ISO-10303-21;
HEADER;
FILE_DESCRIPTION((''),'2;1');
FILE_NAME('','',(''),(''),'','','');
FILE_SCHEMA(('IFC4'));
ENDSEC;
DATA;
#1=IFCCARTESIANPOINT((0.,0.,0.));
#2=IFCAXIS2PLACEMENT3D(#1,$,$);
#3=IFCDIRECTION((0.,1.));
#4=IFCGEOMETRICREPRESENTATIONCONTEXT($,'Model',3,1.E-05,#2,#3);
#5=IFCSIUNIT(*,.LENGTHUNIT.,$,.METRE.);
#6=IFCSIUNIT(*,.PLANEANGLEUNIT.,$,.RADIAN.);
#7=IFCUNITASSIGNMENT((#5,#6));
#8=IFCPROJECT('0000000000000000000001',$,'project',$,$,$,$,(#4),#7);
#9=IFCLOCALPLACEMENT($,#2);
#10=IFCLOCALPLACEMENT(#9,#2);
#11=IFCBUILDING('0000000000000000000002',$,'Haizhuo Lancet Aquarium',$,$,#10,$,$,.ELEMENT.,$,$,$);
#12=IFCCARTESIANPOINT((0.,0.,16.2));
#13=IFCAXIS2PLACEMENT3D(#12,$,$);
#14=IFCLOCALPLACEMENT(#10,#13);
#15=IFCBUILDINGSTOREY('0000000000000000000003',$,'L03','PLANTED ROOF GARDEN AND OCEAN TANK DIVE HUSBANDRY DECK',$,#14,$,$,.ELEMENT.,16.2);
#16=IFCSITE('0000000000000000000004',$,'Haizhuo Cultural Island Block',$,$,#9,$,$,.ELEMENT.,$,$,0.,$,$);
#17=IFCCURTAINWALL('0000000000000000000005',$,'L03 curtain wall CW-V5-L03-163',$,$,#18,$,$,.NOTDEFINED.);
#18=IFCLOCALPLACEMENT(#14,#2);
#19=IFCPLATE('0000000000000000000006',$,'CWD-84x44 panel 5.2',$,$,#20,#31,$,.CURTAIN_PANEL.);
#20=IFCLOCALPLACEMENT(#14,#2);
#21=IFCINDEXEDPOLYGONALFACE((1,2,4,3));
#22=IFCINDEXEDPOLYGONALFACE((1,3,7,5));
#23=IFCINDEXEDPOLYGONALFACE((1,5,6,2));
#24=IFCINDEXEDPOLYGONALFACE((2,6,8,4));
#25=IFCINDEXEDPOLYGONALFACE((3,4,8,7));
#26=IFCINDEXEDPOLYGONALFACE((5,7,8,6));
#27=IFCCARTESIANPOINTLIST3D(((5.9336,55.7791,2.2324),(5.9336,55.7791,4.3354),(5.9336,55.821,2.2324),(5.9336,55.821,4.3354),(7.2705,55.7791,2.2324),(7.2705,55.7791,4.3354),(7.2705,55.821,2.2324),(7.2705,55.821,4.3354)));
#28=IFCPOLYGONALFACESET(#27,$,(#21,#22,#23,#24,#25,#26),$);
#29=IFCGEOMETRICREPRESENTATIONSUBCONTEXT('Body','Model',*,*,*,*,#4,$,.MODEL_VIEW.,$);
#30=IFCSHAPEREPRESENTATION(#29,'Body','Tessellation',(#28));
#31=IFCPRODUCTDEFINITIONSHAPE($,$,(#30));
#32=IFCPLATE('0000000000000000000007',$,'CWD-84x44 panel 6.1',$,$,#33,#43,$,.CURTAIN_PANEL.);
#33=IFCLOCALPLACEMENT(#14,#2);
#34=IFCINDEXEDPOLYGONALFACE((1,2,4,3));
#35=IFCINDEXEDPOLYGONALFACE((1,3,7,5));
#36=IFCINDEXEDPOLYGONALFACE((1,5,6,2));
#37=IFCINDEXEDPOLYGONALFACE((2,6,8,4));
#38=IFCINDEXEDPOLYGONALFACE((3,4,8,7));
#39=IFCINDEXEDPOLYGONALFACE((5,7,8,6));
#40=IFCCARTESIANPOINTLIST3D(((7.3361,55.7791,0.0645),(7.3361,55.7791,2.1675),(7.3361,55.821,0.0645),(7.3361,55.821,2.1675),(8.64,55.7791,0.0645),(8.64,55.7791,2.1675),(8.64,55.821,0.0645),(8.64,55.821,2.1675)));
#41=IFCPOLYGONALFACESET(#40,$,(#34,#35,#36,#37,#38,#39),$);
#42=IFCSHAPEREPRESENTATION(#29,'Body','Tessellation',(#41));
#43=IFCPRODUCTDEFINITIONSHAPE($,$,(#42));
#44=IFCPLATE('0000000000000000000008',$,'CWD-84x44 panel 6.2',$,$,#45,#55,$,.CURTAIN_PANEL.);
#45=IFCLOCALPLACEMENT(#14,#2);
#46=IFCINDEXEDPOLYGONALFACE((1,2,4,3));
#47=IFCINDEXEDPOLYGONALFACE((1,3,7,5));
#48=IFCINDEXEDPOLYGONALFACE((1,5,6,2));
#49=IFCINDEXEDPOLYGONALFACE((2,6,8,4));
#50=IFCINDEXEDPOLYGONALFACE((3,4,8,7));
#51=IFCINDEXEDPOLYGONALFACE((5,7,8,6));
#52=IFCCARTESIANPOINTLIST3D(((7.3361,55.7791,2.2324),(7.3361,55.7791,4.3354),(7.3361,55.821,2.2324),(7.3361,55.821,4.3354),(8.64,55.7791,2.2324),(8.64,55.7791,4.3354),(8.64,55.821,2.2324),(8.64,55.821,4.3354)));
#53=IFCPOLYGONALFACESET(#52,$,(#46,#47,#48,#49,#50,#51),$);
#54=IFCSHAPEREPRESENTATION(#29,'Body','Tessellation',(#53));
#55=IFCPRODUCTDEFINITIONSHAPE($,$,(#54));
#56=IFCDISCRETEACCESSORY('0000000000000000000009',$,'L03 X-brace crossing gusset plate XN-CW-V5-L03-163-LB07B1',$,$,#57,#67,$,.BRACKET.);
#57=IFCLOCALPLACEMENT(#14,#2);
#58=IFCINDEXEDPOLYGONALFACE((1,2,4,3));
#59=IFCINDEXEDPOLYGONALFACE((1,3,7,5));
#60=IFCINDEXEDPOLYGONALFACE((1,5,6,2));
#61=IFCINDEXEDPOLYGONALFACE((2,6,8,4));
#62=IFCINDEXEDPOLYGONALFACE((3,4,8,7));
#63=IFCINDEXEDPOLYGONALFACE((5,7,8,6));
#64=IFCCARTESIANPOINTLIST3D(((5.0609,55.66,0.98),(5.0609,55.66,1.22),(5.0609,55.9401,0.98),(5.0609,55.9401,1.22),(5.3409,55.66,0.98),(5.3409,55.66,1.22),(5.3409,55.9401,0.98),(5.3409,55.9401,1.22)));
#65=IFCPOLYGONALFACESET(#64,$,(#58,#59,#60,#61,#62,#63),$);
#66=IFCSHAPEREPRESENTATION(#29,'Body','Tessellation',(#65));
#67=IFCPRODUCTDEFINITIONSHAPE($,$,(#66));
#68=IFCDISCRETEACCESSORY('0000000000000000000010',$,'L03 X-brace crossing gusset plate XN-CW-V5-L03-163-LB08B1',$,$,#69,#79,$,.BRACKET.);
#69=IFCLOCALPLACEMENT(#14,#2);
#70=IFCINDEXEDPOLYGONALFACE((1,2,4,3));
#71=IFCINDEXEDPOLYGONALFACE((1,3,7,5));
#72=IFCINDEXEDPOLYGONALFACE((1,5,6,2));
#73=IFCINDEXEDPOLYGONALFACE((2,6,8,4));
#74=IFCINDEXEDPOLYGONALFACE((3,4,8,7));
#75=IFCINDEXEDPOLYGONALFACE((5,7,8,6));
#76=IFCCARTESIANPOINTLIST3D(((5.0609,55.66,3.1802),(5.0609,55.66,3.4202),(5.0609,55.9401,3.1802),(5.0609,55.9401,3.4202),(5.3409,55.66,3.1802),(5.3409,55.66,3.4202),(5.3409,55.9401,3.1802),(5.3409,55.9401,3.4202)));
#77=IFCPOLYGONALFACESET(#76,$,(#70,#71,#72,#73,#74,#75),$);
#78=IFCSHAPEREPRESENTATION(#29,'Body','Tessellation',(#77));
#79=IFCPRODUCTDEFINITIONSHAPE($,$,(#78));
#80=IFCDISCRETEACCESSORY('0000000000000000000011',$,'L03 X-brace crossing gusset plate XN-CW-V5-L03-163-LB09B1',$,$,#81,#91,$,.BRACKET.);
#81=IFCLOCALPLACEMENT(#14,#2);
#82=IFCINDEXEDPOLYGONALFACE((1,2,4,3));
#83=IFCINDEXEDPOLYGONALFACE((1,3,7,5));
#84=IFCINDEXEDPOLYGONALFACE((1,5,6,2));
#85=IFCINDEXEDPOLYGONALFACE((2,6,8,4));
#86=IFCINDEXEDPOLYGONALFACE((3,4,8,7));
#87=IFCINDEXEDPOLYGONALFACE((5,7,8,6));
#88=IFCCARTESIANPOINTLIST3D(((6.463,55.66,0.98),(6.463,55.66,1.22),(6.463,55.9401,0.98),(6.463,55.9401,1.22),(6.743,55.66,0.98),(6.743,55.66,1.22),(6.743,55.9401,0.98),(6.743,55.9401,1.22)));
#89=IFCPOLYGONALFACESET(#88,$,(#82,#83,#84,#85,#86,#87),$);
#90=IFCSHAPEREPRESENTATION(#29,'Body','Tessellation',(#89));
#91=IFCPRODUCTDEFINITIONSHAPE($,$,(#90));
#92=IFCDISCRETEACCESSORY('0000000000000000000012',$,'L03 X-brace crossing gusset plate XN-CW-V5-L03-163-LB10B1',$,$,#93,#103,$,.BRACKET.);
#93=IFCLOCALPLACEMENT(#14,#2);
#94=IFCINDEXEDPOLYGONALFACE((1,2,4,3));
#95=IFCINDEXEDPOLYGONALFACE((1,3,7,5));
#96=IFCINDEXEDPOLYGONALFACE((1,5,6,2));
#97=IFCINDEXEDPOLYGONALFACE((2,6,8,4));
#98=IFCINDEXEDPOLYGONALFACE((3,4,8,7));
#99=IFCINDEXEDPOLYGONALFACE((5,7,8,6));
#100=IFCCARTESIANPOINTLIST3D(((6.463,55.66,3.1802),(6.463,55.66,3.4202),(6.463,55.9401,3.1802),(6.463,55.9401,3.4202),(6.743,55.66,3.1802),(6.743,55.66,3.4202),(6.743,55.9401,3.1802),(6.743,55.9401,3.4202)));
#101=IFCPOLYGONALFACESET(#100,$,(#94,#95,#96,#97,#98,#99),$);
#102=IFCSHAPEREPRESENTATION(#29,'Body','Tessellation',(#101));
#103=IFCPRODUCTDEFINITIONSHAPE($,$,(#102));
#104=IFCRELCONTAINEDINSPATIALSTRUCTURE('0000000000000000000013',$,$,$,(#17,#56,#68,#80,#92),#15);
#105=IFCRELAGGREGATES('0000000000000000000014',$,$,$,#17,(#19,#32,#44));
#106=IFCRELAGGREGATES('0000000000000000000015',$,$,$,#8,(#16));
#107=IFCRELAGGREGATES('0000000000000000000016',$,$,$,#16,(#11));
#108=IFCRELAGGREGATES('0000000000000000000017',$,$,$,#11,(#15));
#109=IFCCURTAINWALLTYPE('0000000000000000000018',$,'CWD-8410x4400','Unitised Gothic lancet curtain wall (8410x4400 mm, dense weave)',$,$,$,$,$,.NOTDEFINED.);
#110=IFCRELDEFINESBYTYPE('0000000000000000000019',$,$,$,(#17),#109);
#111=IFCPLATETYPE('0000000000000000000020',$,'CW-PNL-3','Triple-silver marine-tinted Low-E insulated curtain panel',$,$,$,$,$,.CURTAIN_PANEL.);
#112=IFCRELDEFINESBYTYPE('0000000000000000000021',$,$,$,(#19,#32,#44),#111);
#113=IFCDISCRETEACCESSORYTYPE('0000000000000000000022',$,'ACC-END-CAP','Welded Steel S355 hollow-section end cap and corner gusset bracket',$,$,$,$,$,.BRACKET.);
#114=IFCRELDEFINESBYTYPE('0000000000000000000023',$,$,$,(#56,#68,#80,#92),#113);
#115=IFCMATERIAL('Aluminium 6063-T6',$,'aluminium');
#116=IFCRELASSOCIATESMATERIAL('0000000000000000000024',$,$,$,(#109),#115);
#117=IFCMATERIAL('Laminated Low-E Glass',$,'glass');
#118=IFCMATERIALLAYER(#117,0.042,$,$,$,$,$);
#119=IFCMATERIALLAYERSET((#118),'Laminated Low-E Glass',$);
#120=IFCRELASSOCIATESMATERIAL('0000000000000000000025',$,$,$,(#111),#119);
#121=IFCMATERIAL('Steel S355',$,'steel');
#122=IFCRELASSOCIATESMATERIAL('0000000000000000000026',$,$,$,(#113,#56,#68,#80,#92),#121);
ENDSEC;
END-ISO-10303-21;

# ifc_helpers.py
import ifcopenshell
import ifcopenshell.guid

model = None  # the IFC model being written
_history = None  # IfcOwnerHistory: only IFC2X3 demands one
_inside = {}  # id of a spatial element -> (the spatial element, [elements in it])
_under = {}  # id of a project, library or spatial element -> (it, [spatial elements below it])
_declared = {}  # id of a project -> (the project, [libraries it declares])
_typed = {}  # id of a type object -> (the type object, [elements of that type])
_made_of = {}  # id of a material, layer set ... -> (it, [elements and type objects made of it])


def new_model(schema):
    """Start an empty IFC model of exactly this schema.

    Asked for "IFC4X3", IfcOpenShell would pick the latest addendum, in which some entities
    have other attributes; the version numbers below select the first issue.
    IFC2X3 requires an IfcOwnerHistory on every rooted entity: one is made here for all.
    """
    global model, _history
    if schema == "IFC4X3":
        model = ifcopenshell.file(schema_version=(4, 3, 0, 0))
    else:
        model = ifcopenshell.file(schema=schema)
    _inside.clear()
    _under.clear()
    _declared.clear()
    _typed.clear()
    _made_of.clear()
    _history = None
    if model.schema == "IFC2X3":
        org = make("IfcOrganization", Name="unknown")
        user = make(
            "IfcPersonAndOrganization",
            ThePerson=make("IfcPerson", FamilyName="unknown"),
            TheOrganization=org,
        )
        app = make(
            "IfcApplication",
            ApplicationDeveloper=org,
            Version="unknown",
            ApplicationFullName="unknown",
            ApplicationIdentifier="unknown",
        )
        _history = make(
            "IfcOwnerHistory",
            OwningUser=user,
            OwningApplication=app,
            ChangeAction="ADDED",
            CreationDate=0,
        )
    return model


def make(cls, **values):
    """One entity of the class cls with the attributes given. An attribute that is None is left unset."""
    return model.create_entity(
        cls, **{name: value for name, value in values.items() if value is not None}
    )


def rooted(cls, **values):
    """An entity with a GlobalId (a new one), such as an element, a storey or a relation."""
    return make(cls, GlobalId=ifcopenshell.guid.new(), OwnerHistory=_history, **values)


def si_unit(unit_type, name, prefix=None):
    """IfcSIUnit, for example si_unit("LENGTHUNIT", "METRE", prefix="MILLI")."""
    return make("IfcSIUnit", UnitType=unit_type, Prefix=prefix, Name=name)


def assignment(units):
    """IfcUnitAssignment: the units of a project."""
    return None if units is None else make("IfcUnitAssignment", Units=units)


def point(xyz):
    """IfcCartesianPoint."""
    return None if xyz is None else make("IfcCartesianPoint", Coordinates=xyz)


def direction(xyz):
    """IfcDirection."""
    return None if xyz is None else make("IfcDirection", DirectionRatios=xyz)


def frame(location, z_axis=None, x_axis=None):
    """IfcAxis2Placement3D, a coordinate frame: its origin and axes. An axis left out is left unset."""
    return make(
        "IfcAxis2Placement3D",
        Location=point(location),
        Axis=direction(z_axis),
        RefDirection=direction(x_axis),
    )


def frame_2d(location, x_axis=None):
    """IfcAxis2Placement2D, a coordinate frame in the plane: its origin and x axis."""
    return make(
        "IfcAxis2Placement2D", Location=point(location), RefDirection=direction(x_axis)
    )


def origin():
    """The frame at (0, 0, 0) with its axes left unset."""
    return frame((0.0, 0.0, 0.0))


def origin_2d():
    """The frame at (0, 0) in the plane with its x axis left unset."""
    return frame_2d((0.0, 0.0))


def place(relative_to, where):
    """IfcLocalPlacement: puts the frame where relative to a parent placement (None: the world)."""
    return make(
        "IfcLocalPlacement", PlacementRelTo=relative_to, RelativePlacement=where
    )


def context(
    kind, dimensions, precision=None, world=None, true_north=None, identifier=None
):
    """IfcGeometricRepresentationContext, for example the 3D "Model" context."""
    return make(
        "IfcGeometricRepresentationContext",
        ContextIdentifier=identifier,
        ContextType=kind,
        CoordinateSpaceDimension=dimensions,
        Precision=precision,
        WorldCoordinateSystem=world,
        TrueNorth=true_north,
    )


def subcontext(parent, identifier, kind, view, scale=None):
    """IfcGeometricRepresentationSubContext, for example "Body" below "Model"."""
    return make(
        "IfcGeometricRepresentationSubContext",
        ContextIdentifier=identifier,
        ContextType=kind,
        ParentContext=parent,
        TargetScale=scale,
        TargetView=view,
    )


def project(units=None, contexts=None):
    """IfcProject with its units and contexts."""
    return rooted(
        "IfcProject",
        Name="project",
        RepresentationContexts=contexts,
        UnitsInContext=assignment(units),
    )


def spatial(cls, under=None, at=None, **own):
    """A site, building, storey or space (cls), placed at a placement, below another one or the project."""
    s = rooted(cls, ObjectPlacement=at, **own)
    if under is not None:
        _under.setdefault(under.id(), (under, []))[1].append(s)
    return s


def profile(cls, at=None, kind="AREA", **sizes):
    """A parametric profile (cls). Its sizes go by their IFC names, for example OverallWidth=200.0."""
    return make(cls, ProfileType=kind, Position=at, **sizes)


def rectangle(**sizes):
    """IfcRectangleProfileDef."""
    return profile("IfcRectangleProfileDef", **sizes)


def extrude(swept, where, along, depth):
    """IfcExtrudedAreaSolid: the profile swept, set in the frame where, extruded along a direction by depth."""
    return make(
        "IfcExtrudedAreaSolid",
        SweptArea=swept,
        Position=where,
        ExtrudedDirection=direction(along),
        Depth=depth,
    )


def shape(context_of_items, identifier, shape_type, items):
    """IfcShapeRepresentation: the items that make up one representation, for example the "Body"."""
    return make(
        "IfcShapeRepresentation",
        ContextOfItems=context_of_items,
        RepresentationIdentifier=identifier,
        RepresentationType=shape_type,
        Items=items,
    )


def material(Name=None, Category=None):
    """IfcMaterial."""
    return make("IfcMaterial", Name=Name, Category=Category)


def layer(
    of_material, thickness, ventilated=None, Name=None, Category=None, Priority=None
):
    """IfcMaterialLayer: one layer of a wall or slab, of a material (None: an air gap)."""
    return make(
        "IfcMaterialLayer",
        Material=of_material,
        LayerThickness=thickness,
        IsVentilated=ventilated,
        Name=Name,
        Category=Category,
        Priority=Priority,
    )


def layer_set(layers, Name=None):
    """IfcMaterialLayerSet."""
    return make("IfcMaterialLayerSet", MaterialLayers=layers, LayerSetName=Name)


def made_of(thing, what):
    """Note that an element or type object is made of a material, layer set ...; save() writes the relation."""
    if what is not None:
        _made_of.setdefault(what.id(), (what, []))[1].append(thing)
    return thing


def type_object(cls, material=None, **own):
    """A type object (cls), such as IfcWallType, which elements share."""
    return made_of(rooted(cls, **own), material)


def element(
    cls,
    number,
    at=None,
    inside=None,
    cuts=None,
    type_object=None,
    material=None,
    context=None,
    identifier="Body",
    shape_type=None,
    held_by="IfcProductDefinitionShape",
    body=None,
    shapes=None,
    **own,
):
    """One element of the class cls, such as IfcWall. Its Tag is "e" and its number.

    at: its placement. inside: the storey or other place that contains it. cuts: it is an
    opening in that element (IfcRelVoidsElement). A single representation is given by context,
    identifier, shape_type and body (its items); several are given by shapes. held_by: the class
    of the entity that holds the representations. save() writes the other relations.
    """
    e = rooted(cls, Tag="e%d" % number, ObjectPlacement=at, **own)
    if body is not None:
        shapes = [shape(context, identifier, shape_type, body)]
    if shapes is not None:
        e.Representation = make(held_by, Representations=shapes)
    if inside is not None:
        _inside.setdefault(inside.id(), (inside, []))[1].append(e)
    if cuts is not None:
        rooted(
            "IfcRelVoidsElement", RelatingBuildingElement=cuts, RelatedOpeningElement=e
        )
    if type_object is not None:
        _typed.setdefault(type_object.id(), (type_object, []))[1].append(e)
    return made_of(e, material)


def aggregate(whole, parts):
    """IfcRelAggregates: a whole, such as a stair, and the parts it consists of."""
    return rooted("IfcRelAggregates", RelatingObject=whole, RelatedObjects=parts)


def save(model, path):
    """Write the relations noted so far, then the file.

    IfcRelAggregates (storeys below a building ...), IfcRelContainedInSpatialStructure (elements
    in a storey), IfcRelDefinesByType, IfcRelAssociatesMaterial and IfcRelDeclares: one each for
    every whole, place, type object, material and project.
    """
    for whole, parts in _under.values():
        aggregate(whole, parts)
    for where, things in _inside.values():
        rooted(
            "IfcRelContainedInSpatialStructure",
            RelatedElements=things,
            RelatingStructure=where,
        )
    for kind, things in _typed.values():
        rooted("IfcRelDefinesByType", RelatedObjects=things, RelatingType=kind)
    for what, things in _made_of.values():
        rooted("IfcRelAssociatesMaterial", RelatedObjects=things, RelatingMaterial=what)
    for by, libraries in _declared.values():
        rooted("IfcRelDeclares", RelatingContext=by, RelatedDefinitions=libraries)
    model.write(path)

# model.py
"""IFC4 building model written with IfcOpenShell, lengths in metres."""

from ifc_helpers import new_model, si_unit, direction, frame, origin, origin_2d, place, context, subcontext, project, spatial, rectangle, extrude, material, layer, layer_set, type_object, element, aggregate, save


model = new_model("IFC4")

# Units and contexts
model_context = context("Model", 3, precision=1e-05, world=origin(), true_north=direction((0.0, 1.0)))
body_context = subcontext(model_context, "Body", "Model", "MODEL_VIEW")
ifc_project = project(units=[si_unit("LENGTHUNIT", "METRE"), si_unit("PLANEANGLEUNIT", "RADIAN")], contexts=[model_context])

# Site, building, storey
site_placement = place(None, origin())
site = spatial("IfcSite", under=ifc_project, at=site_placement, Name="Haizhuo Cultural Island Block", CompositionType="ELEMENT", RefElevation=0.0)
building_placement = place(site_placement, origin())
building = spatial("IfcBuilding", under=site, at=building_placement, Name="Haizhuo Lancet Aquarium", CompositionType="ELEMENT")
storey_placement = place(building_placement, frame((0.0, 0.0, 16.2)))
storey = spatial("IfcBuildingStorey", under=building, at=storey_placement, Name="L03", Description="PLANTED ROOF GARDEN AND OCEAN TANK DIVE HUSBANDRY DECK", CompositionType="ELEMENT", Elevation=16.2)

# Curtain wall
ifc_material_1 = material(Name="Aluminium 6063-T6", Category="aluminium")
curtain_wall_type = type_object("IfcCurtainWallType", Name="CWD-8410x4400", Description="Unitised Gothic lancet curtain wall (8410x4400 mm, dense weave)", PredefinedType="NOTDEFINED", material=ifc_material_1)
curtain_wall_placement = place(storey_placement, origin())
curtain_wall = element("IfcCurtainWall", 1, at=curtain_wall_placement, inside=storey, type_object=curtain_wall_type, Name="L03 curtain wall CW-V5-L03-163", PredefinedType="NOTDEFINED")

# Shared definitions
ifc_material_2 = material(Name="Steel S355", Category="steel")

# Plates
ifc_material_3 = material(Name="Laminated Low-E Glass", Category="glass")
ifc_layer = layer(ifc_material_3, 0.042)
ifc_layer_set = layer_set([ifc_layer], Name="Laminated Low-E Glass")
plate_type = type_object("IfcPlateType", Name="CW-PNL-3", Description="Triple-silver marine-tinted Low-E insulated curtain panel", PredefinedType="CURTAIN_PANEL", material=ifc_layer_set)
plate_1_placement = place(storey_placement, frame((6.6021, 55.8, 2.2324), z_axis=(0.0, 0.0, 1.0), x_axis=(1.0, 0.0, 0.0)))
plate_1 = element("IfcPlate", 2, at=plate_1_placement, type_object=plate_type, Name="CWD-84x44 panel 5.2", PredefinedType="CURTAIN_PANEL", context=body_context, shape_type="SweptSolid", body=[
    extrude(rectangle(XDim=1.3369, YDim=0.042, at=origin_2d()), origin(), (0.0, 0.0, 1.0), 2.103),
])
plate_2_placement = place(storey_placement, frame((7.988, 55.8, 0.0645), z_axis=(0.0, 0.0, 1.0), x_axis=(1.0, 0.0, 0.0)))
plate_2 = element("IfcPlate", 3, at=plate_2_placement, type_object=plate_type, Name="CWD-84x44 panel 6.1", PredefinedType="CURTAIN_PANEL", context=body_context, shape_type="SweptSolid", body=[
    extrude(rectangle(XDim=1.304, YDim=0.042, at=origin_2d()), origin(), (0.0, 0.0, 1.0), 2.103),
])
plate_3_placement = place(storey_placement, frame((7.988, 55.8, 2.2324), z_axis=(0.0, 0.0, 1.0), x_axis=(1.0, 0.0, 0.0)))
plate_3 = element("IfcPlate", 4, at=plate_3_placement, type_object=plate_type, Name="CWD-84x44 panel 6.2", PredefinedType="CURTAIN_PANEL", context=body_context, shape_type="SweptSolid", body=[
    extrude(rectangle(XDim=1.304, YDim=0.042, at=origin_2d()), origin(), (0.0, 0.0, 1.0), 2.103),
])
aggregate(curtain_wall, [plate_1, plate_2, plate_3])

# Discrete accessories
discrete_accessory_type = type_object("IfcDiscreteAccessoryType", Name="ACC-END-CAP", Description="Welded Steel S355 hollow-section end cap and corner gusset bracket", PredefinedType="BRACKET", material=ifc_material_2)
for number, where, z_axis, x_axis, name in (
    (5, (5.2009, 55.8, 0.98), (0.0, 0.0, 1.0), (1.0, 0.0, 0.0), "L03 X-brace crossing gusset plate XN-CW-V5-L03-163-LB07B1"),
    (6, (5.2009, 55.8, 3.1802), (0.0, 0.0, 1.0), (1.0, 0.0, 0.0), "L03 X-brace crossing gusset plate XN-CW-V5-L03-163-LB08B1"),
    (7, (6.603, 55.8, 0.98), (0.0, 0.0, 1.0), (1.0, 0.0, 0.0), "L03 X-brace crossing gusset plate XN-CW-V5-L03-163-LB09B1"),
    (8, (6.603, 55.8, 3.1802), (0.0, 0.0, 1.0), (1.0, 0.0, 0.0), "L03 X-brace crossing gusset plate XN-CW-V5-L03-163-LB10B1"),
):
    element("IfcDiscreteAccessory", number, at=place(storey_placement, frame(where, z_axis=z_axis, x_axis=x_axis)), inside=storey, type_object=discrete_accessory_type, material=ifc_material_2, Name=name, PredefinedType="BRACKET", context=body_context, shape_type="SweptSolid", body=[
        extrude(rectangle(XDim=0.28, YDim=0.28, at=origin_2d()), origin(), (0.0, 0.0, 1.0), 0.24),
    ])

save(model, "model.ifc")
